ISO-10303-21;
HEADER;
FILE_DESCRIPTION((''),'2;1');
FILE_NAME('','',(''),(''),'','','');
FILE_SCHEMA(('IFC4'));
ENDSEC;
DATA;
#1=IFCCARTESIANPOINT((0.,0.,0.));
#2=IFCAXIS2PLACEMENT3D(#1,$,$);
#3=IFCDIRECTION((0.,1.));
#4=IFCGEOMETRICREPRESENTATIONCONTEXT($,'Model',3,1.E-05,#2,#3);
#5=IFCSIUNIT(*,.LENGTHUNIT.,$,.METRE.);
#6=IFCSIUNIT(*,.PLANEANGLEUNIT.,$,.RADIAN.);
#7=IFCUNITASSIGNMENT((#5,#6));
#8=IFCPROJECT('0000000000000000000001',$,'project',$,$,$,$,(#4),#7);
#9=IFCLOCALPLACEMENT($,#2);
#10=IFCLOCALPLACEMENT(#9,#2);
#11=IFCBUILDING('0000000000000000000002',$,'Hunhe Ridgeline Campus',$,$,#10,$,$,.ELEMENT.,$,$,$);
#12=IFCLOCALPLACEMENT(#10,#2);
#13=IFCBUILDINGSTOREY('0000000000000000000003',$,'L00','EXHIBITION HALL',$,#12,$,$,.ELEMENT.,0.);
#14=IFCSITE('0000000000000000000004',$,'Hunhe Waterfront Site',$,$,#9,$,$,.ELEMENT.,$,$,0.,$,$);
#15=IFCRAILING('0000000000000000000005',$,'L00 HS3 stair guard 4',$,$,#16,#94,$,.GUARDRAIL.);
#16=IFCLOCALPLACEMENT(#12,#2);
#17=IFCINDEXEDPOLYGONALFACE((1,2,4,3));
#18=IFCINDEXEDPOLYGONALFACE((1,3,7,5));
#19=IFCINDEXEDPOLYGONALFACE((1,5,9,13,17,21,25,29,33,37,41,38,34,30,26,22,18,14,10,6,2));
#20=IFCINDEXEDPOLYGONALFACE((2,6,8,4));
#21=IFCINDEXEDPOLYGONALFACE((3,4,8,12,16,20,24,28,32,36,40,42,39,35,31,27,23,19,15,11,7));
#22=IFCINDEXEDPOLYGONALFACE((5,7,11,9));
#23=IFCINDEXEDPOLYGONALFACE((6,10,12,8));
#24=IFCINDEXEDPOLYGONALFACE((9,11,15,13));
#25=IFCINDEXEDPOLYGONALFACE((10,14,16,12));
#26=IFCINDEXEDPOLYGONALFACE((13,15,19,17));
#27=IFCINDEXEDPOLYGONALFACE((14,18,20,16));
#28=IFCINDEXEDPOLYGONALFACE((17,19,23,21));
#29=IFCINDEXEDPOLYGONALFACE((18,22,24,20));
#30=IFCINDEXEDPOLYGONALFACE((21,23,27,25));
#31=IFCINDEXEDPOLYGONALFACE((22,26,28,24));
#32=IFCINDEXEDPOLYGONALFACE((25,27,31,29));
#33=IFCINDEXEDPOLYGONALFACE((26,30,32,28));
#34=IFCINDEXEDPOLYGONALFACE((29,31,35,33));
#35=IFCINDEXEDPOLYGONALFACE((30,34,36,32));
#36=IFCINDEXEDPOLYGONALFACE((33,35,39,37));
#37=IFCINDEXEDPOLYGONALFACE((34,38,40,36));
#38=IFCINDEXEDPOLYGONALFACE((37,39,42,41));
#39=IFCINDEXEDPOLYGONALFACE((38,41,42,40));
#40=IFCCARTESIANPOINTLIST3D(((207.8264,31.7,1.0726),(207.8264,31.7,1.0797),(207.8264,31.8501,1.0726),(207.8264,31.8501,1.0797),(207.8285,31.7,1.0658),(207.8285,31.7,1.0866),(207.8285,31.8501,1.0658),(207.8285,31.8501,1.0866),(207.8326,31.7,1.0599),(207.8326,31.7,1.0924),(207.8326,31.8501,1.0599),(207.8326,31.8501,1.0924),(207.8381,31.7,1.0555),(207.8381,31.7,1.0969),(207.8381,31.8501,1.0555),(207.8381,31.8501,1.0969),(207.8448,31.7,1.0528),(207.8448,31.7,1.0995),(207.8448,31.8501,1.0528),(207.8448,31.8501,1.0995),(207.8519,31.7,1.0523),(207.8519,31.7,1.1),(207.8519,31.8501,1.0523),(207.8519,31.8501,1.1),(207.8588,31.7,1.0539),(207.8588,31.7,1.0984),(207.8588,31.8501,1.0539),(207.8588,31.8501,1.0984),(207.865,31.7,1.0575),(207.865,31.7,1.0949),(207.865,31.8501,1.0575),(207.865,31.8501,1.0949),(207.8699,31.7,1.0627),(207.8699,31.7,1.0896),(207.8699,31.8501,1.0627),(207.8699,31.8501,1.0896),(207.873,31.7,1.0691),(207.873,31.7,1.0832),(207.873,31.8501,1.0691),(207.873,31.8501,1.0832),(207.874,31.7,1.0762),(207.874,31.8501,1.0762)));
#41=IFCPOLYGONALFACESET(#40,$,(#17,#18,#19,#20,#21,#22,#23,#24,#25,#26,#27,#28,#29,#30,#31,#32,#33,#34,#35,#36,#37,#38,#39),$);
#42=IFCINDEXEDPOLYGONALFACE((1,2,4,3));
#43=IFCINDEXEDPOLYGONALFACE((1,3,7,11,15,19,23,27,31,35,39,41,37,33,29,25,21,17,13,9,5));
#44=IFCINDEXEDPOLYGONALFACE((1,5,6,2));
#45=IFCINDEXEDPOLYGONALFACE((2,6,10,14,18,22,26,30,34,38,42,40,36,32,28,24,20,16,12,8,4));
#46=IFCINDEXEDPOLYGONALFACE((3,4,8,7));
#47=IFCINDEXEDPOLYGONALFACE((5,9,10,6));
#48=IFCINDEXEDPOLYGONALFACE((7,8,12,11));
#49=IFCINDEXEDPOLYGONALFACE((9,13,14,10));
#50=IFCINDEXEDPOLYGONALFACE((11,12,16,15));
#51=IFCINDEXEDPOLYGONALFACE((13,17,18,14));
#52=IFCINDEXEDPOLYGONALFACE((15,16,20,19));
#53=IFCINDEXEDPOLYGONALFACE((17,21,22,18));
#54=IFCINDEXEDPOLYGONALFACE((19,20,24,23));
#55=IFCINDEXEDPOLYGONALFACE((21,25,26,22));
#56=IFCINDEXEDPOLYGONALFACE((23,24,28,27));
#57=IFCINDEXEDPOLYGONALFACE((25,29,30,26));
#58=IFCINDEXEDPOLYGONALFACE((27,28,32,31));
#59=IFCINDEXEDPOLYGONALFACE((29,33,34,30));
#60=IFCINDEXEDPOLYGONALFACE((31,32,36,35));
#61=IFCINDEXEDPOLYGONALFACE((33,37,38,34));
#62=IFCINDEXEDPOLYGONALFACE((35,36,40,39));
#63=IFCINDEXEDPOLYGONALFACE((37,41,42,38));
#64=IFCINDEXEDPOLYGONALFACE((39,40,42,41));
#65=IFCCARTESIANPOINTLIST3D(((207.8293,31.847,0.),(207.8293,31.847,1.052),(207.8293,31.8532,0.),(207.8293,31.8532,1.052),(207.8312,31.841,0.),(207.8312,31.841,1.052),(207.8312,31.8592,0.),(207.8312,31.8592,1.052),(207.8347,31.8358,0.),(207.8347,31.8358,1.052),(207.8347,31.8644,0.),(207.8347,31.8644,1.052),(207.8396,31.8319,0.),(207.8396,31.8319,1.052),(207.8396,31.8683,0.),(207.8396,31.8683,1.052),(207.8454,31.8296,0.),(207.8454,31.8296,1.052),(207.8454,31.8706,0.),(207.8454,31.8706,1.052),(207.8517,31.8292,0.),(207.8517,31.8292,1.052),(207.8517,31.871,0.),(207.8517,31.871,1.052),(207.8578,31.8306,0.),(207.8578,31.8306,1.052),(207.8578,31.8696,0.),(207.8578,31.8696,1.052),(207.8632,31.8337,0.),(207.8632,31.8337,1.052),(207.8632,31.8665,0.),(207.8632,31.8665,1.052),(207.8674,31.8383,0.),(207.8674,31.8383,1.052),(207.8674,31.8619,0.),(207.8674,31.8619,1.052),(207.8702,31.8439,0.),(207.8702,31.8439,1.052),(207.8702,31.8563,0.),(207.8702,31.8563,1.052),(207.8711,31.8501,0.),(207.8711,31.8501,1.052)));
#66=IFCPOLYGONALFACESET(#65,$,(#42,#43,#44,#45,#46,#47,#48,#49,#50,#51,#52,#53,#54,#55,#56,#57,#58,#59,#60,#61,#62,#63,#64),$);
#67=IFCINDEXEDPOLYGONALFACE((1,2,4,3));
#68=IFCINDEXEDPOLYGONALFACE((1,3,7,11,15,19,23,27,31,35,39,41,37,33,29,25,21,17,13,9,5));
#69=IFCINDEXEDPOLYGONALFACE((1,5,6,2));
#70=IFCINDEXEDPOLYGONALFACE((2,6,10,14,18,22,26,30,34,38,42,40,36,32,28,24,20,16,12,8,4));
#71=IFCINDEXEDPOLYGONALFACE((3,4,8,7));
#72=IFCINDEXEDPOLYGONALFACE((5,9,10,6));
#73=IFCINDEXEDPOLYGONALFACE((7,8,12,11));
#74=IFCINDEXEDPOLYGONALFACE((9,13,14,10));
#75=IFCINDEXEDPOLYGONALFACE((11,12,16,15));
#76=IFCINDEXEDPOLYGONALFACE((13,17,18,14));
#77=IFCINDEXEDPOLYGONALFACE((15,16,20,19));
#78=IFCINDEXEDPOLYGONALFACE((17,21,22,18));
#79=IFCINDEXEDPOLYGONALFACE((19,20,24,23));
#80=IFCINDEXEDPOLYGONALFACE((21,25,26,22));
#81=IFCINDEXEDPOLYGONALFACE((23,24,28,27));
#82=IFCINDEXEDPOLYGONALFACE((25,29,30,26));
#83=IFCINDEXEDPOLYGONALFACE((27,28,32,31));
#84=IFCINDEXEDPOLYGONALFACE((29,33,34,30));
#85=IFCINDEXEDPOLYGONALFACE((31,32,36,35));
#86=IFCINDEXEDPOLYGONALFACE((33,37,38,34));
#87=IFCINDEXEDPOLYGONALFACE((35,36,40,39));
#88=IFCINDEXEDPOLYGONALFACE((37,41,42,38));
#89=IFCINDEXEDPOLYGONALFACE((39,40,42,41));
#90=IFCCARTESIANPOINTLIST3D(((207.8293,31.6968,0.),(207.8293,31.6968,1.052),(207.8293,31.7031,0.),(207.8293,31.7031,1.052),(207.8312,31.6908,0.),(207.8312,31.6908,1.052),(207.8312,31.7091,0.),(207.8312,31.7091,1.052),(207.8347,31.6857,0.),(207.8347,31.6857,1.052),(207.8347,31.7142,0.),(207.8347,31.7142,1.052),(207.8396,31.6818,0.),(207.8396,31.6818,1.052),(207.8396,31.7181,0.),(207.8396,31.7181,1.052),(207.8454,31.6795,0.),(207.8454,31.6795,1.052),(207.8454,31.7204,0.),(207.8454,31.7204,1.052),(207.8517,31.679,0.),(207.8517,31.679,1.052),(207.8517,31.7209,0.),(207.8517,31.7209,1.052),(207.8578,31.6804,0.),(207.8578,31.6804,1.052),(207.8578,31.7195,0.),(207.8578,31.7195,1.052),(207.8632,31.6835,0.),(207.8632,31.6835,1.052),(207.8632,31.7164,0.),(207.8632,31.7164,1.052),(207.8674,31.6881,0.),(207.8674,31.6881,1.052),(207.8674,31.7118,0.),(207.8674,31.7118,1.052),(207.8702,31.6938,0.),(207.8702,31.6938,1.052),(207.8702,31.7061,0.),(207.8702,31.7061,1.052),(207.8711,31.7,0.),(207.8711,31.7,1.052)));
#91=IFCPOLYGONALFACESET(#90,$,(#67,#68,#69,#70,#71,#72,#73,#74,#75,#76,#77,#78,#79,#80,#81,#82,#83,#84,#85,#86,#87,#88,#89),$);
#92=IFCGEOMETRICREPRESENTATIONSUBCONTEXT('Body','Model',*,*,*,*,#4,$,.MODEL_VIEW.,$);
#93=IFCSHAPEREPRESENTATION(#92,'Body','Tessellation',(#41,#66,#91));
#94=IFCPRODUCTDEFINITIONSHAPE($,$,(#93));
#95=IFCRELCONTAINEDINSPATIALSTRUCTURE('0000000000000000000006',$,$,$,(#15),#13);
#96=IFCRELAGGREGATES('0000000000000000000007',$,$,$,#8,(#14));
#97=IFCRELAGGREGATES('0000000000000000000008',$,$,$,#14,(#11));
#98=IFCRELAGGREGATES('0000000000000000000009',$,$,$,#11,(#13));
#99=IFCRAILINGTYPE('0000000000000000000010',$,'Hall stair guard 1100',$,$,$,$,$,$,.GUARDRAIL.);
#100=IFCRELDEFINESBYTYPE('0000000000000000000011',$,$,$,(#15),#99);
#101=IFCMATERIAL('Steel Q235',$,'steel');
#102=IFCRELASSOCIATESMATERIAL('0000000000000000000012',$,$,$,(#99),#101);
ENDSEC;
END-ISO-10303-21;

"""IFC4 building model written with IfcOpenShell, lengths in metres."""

from ifc_helpers import new_model, si_unit, direction, frame, origin, origin_2d, place, context, subcontext, project, spatial, circle, extrude, material, type_object, element, save


model = new_model("IFC4")

# Units and contexts
model_context = context("Model", 3, precision=1e-05, world=origin(), true_north=direction((0.0, 1.0)))
body_context = subcontext(model_context, "Body", "Model", "MODEL_VIEW")
ifc_project = project(units=[si_unit("LENGTHUNIT", "METRE"), si_unit("PLANEANGLEUNIT", "RADIAN")], contexts=[model_context])

# Site, building, storey
site_placement = place(None, origin())
site = spatial("IfcSite", under=ifc_project, at=site_placement, Name="Hunhe Waterfront Site", CompositionType="ELEMENT", RefElevation=0.0)
building_placement = place(site_placement, origin())
building = spatial("IfcBuilding", under=site, at=building_placement, Name="Hunhe Ridgeline Campus", CompositionType="ELEMENT")
storey_placement = place(building_placement, origin())
storey = spatial("IfcBuildingStorey", under=building, at=storey_placement, Name="L00", Description="EXHIBITION HALL", CompositionType="ELEMENT", Elevation=0.0)

# Shared definitions
ifc_material_1 = material(Name="Steel Q235", Category="steel")

# Railing
railing_type_1 = type_object("IfcRailingType", Name="Hall stair guard 1100", PredefinedType="GUARDRAIL", material=ifc_material_1)
railing_1_placement = place(storey_placement, frame((207.8501, 31.8501, 0.0)))
element("IfcRailing", 1, at=railing_1_placement, inside=storey, type_object=railing_type_1, Name="L00 HS3 stair guard 4", PredefinedType="GUARDRAIL", context=body_context, shape_type="SweptSolid", body=[
    extrude(circle(Radius=0.0239, at=origin_2d()), frame((0.0, 0.0, 1.0762), z_axis=(0.0, -1.0, 0.0), x_axis=(1.0, 0.0, 0.0)), (0.0, 0.0, 1.0), 0.1501),
    extrude(circle(Radius=0.021, at=origin_2d()), origin(), (0.0, 0.0, 1.0), 1.052),
    extrude(circle(Radius=0.021, at=origin_2d()), frame((0.0, -0.1501, 0.0)), (0.0, 0.0, 1.0), 1.052),
])

save(model, "model.ifc")
